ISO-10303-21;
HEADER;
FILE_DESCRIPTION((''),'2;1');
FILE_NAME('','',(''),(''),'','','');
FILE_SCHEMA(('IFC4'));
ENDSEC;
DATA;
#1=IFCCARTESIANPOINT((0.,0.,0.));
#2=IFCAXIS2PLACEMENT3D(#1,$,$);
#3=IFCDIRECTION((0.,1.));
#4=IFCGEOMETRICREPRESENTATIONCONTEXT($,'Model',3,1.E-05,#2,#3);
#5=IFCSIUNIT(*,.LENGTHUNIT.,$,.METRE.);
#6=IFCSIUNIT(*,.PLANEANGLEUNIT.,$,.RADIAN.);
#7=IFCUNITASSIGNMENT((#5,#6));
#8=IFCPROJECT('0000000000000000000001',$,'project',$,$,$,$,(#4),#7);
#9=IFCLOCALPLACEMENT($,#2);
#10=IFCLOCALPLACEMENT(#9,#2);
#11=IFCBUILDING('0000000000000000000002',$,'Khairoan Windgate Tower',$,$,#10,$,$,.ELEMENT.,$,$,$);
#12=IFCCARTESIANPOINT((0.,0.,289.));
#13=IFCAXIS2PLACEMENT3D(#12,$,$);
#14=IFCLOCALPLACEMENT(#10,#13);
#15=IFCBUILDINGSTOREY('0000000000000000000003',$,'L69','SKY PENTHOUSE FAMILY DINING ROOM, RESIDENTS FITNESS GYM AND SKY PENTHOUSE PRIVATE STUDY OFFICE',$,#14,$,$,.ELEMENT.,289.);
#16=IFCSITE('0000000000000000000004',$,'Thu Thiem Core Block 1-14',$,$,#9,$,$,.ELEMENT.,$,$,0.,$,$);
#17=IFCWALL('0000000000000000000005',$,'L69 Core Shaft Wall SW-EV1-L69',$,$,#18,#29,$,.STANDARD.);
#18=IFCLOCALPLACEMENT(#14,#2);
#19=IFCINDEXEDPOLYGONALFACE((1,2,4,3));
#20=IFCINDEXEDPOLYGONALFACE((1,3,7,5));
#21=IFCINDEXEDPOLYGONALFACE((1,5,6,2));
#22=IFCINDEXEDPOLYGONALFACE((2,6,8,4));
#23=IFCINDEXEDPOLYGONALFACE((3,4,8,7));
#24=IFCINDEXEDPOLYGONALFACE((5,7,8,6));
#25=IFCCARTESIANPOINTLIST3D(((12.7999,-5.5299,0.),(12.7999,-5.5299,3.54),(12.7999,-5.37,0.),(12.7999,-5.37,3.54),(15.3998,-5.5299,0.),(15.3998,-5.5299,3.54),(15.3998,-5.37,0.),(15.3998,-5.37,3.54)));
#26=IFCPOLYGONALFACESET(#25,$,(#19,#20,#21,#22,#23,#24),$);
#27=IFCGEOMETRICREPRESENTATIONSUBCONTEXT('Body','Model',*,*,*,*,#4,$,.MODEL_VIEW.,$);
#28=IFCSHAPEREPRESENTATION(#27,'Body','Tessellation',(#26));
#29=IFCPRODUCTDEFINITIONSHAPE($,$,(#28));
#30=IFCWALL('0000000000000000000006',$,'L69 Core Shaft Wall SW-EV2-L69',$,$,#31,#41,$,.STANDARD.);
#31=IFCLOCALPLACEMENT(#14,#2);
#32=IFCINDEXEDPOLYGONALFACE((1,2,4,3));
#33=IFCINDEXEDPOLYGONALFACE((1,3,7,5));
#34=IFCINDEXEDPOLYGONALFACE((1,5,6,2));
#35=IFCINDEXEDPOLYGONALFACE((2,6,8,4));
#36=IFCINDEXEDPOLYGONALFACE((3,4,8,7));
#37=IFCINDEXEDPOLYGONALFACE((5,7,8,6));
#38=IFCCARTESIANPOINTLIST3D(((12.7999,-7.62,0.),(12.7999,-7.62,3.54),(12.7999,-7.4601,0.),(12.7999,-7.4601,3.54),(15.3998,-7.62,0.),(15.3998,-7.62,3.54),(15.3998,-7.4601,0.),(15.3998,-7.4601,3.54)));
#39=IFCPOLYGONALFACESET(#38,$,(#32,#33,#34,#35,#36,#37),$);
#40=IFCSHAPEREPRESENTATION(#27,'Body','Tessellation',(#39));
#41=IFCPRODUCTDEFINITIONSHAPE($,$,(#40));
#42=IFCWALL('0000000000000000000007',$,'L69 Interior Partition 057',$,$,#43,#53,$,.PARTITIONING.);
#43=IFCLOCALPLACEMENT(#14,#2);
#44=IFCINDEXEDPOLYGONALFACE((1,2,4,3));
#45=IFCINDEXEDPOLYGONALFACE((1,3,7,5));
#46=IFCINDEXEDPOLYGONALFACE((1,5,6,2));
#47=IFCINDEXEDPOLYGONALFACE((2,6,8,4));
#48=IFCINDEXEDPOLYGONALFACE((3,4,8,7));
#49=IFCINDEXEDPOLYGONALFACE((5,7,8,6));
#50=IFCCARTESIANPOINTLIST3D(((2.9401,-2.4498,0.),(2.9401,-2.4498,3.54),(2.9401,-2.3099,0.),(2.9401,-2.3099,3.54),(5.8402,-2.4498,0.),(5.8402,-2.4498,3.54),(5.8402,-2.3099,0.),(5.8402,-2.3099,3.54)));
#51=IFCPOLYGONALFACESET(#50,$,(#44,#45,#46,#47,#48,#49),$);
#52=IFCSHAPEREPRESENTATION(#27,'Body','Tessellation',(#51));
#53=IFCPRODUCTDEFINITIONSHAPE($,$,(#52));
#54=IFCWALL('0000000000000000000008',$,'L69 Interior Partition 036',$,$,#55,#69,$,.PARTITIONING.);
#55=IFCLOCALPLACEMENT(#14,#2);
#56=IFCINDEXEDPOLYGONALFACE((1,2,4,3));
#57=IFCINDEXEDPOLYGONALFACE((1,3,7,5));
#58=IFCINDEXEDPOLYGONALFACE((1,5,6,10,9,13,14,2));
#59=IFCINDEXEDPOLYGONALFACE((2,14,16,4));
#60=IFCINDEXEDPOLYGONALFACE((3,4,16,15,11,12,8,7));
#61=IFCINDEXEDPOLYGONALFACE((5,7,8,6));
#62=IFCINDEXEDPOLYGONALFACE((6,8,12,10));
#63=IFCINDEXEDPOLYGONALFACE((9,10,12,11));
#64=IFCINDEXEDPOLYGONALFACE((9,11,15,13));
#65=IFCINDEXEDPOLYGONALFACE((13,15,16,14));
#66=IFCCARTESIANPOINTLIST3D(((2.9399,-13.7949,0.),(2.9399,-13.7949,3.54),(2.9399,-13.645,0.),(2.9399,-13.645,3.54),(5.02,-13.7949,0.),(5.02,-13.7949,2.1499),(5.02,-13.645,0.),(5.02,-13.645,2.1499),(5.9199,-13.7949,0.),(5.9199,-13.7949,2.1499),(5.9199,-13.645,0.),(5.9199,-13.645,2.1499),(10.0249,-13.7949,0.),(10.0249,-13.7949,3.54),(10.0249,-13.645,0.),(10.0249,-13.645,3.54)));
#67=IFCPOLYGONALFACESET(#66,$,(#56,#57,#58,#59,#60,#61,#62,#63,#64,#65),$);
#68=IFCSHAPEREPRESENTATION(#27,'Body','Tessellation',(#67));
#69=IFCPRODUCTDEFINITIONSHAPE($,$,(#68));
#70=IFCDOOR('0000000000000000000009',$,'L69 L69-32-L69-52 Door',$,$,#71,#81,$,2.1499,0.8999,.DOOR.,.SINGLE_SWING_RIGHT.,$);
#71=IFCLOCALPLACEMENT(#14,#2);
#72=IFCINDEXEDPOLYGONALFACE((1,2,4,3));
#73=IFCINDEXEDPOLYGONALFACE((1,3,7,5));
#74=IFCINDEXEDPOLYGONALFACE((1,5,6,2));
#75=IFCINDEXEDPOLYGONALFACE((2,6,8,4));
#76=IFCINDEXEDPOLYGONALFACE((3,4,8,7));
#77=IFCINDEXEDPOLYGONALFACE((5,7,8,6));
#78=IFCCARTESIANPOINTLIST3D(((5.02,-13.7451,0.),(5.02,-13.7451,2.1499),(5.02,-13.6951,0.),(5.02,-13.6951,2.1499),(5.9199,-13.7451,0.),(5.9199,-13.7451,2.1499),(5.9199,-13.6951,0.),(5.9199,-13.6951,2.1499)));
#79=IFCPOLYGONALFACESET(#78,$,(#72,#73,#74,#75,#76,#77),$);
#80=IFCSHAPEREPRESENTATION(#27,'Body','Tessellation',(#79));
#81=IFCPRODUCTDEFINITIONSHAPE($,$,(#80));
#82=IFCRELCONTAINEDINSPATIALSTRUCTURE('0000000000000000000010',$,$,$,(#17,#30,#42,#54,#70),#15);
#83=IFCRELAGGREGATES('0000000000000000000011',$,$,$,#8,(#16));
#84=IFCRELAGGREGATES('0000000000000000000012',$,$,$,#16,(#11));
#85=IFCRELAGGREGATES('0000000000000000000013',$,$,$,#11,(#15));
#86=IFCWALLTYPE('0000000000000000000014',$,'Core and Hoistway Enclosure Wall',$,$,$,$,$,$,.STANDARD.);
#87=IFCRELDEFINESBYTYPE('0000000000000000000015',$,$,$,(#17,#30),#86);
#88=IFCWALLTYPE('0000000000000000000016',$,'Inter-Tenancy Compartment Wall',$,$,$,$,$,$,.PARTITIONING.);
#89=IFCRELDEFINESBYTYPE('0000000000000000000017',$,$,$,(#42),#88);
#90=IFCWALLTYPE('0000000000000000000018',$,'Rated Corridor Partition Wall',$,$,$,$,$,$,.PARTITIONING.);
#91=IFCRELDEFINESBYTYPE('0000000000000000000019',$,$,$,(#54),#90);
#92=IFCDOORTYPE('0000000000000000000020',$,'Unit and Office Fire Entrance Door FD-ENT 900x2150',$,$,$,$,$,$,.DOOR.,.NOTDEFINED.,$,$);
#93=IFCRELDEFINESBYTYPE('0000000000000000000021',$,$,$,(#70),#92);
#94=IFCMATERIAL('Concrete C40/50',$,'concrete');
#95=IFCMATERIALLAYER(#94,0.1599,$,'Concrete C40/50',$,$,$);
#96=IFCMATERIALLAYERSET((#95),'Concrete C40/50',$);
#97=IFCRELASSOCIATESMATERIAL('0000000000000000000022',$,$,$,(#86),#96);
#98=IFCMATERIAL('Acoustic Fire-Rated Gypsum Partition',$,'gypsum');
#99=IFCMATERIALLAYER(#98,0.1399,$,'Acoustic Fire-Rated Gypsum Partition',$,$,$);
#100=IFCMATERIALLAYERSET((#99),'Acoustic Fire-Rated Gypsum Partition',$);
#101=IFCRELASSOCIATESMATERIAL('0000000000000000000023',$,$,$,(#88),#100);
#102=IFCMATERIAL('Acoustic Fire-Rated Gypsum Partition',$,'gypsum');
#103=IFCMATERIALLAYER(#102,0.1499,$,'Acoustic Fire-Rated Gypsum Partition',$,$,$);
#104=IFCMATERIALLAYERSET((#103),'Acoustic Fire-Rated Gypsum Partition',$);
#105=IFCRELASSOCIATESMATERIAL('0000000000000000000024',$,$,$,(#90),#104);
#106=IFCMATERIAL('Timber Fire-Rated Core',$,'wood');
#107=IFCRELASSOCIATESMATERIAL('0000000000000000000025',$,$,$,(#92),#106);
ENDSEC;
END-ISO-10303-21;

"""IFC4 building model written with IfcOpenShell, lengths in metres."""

from ifc_helpers import new_model, si_unit, direction, frame, frame_2d, origin, place, context, subcontext, project, spatial, rectangle, extrude, material, layer, layer_set, type_object, element, fill, save


model = new_model("IFC4")

# Units and contexts
model_context = context("Model", 3, precision=1e-05, world=origin(), true_north=direction((0.0, 1.0)))
body_context = subcontext(model_context, "Body", "Model", "MODEL_VIEW")
ifc_project = project(units=[si_unit("LENGTHUNIT", "METRE"), si_unit("PLANEANGLEUNIT", "RADIAN")], contexts=[model_context])

# Site, building, storey
site_placement = place(None, origin())
site = spatial("IfcSite", under=ifc_project, at=site_placement, Name="Thu Thiem Core Block 1-14", CompositionType="ELEMENT", RefElevation=0.0)
building_placement = place(site_placement, origin())
building = spatial("IfcBuilding", under=site, at=building_placement, Name="Khairoan Windgate Tower", CompositionType="ELEMENT")
storey_placement = place(building_placement, frame((0.0, 0.0, 289.0)))
storey = spatial("IfcBuildingStorey", under=building, at=storey_placement, Name="L69", Description="SKY PENTHOUSE FAMILY DINING ROOM, RESIDENTS FITNESS GYM AND SKY PENTHOUSE PRIVATE STUDY OFFICE", CompositionType="ELEMENT", Elevation=289.0)

# Shared definitions
ifc_material_1 = material(Name="Concrete C40/50", Category="concrete")
ifc_layer_1 = layer(ifc_material_1, 0.1599, Name="Concrete C40/50")
ifc_layer_set_1 = layer_set([ifc_layer_1], Name="Concrete C40/50")
wall_type_1 = type_object("IfcWallType", Name="Core and Hoistway Enclosure Wall", PredefinedType="STANDARD", material=ifc_layer_set_1)

# Walls
for number, where, z_axis, x_axis, name in (
    (1, (12.8, -5.45, 0.0), (0.0, 0.0, 1.0), (1.0, 0.0, 0.0), "L69 Core Shaft Wall SW-EV1-L69"),
    (2, (12.8, -7.54, 0.0), (0.0, 0.0, 1.0), (1.0, 0.0, 0.0), "L69 Core Shaft Wall SW-EV2-L69"),
):
    element("IfcWall", number, at=place(storey_placement, frame(where, z_axis=z_axis, x_axis=x_axis)), inside=storey, type_object=wall_type_1, Name=name, PredefinedType="STANDARD", context=body_context, shape_type="SweptSolid", body=[
        extrude(rectangle(XDim=2.5999, YDim=0.1599, at=frame_2d((1.2998, 0.0))), origin(), (0.0, 0.0, 1.0), 3.54),
    ])
ifc_material_2 = material(Name="Acoustic Fire-Rated Gypsum Partition", Category="gypsum")
ifc_layer_2 = layer(ifc_material_2, 0.1399, Name="Acoustic Fire-Rated Gypsum Partition")
ifc_layer_set_2 = layer_set([ifc_layer_2], Name="Acoustic Fire-Rated Gypsum Partition")
wall_type_2 = type_object("IfcWallType", Name="Inter-Tenancy Compartment Wall", PredefinedType="PARTITIONING", material=ifc_layer_set_2)
wall_1_placement = place(storey_placement, frame((2.9399, -2.3799, 0.0), z_axis=(0.0, 0.0, 1.0), x_axis=(1.0, 0.0, 0.0)))
element("IfcWall", 3, at=wall_1_placement, inside=storey, type_object=wall_type_2, Name="L69 Interior Partition 057", PredefinedType="PARTITIONING", context=body_context, shape_type="SweptSolid", body=[
    extrude(rectangle(XDim=2.9001, YDim=0.1399, at=frame_2d((1.4502, 0.0))), origin(), (0.0, 0.0, 1.0), 3.54),
])

# Wall, opening, door
ifc_material_3 = material(Name="Acoustic Fire-Rated Gypsum Partition", Category="gypsum")
ifc_layer_3 = layer(ifc_material_3, 0.1499, Name="Acoustic Fire-Rated Gypsum Partition")
ifc_layer_set_3 = layer_set([ifc_layer_3], Name="Acoustic Fire-Rated Gypsum Partition")
wall_type_3 = type_object("IfcWallType", Name="Rated Corridor Partition Wall", PredefinedType="PARTITIONING", material=ifc_layer_set_3)
ifc_material_4 = material(Name="Timber Fire-Rated Core", Category="wood")
door_type_1 = type_object("IfcDoorType", Name="Unit and Office Fire Entrance Door FD-ENT 900x2150", OperationType="NOTDEFINED", PredefinedType="DOOR", material=ifc_material_4)
wall_2_placement = place(storey_placement, frame((2.9399, -13.72, 0.0), z_axis=(0.0, 0.0, 1.0), x_axis=(1.0, 0.0, 0.0)))
wall_2 = element("IfcWall", 4, at=wall_2_placement, inside=storey, type_object=wall_type_3, Name="L69 Interior Partition 036", PredefinedType="PARTITIONING", context=body_context, shape_type="SweptSolid", body=[
    extrude(rectangle(XDim=7.085, YDim=0.1499, at=frame_2d((3.5425, 0.0))), origin(), (0.0, 0.0, 1.0), 3.54),
])
opening_1_placement = place(wall_2_placement, frame((2.0801, 0.0, 0.0)))
opening_1 = element("IfcOpeningElement", 5, at=opening_1_placement, cuts=wall_2, PredefinedType="OPENING", context=body_context, shape_type="SweptSolid", body=[
    extrude(rectangle(XDim=0.8999, YDim=2.1499, at=frame_2d((0.45, 1.075))), frame((0.0, 0.085, 0.0), z_axis=(0.0, -1.0, 0.0), x_axis=(1.0, 0.0, 0.0)), (0.0, 0.0, 1.0), 0.1699),
])
door_1_placement = place(opening_1_placement, origin())
door_1 = element("IfcDoor", 6, at=door_1_placement, inside=storey, type_object=door_type_1, Name="L69 L69-32-L69-52 Door", OperationType="SINGLE_SWING_RIGHT", OverallHeight=2.1499, OverallWidth=0.8999, PredefinedType="DOOR", context=body_context, shape_type="SweptSolid", body=[
    extrude(rectangle(XDim=0.8999, YDim=2.1499, at=frame_2d((0.45, 1.075))), frame((0.0, 0.0249, 0.0), z_axis=(0.0, -1.0, 0.0), x_axis=(1.0, 0.0, 0.0)), (0.0, 0.0, 1.0), 0.05),
])
fill(opening_1, door_1)

save(model, "model.ifc")
